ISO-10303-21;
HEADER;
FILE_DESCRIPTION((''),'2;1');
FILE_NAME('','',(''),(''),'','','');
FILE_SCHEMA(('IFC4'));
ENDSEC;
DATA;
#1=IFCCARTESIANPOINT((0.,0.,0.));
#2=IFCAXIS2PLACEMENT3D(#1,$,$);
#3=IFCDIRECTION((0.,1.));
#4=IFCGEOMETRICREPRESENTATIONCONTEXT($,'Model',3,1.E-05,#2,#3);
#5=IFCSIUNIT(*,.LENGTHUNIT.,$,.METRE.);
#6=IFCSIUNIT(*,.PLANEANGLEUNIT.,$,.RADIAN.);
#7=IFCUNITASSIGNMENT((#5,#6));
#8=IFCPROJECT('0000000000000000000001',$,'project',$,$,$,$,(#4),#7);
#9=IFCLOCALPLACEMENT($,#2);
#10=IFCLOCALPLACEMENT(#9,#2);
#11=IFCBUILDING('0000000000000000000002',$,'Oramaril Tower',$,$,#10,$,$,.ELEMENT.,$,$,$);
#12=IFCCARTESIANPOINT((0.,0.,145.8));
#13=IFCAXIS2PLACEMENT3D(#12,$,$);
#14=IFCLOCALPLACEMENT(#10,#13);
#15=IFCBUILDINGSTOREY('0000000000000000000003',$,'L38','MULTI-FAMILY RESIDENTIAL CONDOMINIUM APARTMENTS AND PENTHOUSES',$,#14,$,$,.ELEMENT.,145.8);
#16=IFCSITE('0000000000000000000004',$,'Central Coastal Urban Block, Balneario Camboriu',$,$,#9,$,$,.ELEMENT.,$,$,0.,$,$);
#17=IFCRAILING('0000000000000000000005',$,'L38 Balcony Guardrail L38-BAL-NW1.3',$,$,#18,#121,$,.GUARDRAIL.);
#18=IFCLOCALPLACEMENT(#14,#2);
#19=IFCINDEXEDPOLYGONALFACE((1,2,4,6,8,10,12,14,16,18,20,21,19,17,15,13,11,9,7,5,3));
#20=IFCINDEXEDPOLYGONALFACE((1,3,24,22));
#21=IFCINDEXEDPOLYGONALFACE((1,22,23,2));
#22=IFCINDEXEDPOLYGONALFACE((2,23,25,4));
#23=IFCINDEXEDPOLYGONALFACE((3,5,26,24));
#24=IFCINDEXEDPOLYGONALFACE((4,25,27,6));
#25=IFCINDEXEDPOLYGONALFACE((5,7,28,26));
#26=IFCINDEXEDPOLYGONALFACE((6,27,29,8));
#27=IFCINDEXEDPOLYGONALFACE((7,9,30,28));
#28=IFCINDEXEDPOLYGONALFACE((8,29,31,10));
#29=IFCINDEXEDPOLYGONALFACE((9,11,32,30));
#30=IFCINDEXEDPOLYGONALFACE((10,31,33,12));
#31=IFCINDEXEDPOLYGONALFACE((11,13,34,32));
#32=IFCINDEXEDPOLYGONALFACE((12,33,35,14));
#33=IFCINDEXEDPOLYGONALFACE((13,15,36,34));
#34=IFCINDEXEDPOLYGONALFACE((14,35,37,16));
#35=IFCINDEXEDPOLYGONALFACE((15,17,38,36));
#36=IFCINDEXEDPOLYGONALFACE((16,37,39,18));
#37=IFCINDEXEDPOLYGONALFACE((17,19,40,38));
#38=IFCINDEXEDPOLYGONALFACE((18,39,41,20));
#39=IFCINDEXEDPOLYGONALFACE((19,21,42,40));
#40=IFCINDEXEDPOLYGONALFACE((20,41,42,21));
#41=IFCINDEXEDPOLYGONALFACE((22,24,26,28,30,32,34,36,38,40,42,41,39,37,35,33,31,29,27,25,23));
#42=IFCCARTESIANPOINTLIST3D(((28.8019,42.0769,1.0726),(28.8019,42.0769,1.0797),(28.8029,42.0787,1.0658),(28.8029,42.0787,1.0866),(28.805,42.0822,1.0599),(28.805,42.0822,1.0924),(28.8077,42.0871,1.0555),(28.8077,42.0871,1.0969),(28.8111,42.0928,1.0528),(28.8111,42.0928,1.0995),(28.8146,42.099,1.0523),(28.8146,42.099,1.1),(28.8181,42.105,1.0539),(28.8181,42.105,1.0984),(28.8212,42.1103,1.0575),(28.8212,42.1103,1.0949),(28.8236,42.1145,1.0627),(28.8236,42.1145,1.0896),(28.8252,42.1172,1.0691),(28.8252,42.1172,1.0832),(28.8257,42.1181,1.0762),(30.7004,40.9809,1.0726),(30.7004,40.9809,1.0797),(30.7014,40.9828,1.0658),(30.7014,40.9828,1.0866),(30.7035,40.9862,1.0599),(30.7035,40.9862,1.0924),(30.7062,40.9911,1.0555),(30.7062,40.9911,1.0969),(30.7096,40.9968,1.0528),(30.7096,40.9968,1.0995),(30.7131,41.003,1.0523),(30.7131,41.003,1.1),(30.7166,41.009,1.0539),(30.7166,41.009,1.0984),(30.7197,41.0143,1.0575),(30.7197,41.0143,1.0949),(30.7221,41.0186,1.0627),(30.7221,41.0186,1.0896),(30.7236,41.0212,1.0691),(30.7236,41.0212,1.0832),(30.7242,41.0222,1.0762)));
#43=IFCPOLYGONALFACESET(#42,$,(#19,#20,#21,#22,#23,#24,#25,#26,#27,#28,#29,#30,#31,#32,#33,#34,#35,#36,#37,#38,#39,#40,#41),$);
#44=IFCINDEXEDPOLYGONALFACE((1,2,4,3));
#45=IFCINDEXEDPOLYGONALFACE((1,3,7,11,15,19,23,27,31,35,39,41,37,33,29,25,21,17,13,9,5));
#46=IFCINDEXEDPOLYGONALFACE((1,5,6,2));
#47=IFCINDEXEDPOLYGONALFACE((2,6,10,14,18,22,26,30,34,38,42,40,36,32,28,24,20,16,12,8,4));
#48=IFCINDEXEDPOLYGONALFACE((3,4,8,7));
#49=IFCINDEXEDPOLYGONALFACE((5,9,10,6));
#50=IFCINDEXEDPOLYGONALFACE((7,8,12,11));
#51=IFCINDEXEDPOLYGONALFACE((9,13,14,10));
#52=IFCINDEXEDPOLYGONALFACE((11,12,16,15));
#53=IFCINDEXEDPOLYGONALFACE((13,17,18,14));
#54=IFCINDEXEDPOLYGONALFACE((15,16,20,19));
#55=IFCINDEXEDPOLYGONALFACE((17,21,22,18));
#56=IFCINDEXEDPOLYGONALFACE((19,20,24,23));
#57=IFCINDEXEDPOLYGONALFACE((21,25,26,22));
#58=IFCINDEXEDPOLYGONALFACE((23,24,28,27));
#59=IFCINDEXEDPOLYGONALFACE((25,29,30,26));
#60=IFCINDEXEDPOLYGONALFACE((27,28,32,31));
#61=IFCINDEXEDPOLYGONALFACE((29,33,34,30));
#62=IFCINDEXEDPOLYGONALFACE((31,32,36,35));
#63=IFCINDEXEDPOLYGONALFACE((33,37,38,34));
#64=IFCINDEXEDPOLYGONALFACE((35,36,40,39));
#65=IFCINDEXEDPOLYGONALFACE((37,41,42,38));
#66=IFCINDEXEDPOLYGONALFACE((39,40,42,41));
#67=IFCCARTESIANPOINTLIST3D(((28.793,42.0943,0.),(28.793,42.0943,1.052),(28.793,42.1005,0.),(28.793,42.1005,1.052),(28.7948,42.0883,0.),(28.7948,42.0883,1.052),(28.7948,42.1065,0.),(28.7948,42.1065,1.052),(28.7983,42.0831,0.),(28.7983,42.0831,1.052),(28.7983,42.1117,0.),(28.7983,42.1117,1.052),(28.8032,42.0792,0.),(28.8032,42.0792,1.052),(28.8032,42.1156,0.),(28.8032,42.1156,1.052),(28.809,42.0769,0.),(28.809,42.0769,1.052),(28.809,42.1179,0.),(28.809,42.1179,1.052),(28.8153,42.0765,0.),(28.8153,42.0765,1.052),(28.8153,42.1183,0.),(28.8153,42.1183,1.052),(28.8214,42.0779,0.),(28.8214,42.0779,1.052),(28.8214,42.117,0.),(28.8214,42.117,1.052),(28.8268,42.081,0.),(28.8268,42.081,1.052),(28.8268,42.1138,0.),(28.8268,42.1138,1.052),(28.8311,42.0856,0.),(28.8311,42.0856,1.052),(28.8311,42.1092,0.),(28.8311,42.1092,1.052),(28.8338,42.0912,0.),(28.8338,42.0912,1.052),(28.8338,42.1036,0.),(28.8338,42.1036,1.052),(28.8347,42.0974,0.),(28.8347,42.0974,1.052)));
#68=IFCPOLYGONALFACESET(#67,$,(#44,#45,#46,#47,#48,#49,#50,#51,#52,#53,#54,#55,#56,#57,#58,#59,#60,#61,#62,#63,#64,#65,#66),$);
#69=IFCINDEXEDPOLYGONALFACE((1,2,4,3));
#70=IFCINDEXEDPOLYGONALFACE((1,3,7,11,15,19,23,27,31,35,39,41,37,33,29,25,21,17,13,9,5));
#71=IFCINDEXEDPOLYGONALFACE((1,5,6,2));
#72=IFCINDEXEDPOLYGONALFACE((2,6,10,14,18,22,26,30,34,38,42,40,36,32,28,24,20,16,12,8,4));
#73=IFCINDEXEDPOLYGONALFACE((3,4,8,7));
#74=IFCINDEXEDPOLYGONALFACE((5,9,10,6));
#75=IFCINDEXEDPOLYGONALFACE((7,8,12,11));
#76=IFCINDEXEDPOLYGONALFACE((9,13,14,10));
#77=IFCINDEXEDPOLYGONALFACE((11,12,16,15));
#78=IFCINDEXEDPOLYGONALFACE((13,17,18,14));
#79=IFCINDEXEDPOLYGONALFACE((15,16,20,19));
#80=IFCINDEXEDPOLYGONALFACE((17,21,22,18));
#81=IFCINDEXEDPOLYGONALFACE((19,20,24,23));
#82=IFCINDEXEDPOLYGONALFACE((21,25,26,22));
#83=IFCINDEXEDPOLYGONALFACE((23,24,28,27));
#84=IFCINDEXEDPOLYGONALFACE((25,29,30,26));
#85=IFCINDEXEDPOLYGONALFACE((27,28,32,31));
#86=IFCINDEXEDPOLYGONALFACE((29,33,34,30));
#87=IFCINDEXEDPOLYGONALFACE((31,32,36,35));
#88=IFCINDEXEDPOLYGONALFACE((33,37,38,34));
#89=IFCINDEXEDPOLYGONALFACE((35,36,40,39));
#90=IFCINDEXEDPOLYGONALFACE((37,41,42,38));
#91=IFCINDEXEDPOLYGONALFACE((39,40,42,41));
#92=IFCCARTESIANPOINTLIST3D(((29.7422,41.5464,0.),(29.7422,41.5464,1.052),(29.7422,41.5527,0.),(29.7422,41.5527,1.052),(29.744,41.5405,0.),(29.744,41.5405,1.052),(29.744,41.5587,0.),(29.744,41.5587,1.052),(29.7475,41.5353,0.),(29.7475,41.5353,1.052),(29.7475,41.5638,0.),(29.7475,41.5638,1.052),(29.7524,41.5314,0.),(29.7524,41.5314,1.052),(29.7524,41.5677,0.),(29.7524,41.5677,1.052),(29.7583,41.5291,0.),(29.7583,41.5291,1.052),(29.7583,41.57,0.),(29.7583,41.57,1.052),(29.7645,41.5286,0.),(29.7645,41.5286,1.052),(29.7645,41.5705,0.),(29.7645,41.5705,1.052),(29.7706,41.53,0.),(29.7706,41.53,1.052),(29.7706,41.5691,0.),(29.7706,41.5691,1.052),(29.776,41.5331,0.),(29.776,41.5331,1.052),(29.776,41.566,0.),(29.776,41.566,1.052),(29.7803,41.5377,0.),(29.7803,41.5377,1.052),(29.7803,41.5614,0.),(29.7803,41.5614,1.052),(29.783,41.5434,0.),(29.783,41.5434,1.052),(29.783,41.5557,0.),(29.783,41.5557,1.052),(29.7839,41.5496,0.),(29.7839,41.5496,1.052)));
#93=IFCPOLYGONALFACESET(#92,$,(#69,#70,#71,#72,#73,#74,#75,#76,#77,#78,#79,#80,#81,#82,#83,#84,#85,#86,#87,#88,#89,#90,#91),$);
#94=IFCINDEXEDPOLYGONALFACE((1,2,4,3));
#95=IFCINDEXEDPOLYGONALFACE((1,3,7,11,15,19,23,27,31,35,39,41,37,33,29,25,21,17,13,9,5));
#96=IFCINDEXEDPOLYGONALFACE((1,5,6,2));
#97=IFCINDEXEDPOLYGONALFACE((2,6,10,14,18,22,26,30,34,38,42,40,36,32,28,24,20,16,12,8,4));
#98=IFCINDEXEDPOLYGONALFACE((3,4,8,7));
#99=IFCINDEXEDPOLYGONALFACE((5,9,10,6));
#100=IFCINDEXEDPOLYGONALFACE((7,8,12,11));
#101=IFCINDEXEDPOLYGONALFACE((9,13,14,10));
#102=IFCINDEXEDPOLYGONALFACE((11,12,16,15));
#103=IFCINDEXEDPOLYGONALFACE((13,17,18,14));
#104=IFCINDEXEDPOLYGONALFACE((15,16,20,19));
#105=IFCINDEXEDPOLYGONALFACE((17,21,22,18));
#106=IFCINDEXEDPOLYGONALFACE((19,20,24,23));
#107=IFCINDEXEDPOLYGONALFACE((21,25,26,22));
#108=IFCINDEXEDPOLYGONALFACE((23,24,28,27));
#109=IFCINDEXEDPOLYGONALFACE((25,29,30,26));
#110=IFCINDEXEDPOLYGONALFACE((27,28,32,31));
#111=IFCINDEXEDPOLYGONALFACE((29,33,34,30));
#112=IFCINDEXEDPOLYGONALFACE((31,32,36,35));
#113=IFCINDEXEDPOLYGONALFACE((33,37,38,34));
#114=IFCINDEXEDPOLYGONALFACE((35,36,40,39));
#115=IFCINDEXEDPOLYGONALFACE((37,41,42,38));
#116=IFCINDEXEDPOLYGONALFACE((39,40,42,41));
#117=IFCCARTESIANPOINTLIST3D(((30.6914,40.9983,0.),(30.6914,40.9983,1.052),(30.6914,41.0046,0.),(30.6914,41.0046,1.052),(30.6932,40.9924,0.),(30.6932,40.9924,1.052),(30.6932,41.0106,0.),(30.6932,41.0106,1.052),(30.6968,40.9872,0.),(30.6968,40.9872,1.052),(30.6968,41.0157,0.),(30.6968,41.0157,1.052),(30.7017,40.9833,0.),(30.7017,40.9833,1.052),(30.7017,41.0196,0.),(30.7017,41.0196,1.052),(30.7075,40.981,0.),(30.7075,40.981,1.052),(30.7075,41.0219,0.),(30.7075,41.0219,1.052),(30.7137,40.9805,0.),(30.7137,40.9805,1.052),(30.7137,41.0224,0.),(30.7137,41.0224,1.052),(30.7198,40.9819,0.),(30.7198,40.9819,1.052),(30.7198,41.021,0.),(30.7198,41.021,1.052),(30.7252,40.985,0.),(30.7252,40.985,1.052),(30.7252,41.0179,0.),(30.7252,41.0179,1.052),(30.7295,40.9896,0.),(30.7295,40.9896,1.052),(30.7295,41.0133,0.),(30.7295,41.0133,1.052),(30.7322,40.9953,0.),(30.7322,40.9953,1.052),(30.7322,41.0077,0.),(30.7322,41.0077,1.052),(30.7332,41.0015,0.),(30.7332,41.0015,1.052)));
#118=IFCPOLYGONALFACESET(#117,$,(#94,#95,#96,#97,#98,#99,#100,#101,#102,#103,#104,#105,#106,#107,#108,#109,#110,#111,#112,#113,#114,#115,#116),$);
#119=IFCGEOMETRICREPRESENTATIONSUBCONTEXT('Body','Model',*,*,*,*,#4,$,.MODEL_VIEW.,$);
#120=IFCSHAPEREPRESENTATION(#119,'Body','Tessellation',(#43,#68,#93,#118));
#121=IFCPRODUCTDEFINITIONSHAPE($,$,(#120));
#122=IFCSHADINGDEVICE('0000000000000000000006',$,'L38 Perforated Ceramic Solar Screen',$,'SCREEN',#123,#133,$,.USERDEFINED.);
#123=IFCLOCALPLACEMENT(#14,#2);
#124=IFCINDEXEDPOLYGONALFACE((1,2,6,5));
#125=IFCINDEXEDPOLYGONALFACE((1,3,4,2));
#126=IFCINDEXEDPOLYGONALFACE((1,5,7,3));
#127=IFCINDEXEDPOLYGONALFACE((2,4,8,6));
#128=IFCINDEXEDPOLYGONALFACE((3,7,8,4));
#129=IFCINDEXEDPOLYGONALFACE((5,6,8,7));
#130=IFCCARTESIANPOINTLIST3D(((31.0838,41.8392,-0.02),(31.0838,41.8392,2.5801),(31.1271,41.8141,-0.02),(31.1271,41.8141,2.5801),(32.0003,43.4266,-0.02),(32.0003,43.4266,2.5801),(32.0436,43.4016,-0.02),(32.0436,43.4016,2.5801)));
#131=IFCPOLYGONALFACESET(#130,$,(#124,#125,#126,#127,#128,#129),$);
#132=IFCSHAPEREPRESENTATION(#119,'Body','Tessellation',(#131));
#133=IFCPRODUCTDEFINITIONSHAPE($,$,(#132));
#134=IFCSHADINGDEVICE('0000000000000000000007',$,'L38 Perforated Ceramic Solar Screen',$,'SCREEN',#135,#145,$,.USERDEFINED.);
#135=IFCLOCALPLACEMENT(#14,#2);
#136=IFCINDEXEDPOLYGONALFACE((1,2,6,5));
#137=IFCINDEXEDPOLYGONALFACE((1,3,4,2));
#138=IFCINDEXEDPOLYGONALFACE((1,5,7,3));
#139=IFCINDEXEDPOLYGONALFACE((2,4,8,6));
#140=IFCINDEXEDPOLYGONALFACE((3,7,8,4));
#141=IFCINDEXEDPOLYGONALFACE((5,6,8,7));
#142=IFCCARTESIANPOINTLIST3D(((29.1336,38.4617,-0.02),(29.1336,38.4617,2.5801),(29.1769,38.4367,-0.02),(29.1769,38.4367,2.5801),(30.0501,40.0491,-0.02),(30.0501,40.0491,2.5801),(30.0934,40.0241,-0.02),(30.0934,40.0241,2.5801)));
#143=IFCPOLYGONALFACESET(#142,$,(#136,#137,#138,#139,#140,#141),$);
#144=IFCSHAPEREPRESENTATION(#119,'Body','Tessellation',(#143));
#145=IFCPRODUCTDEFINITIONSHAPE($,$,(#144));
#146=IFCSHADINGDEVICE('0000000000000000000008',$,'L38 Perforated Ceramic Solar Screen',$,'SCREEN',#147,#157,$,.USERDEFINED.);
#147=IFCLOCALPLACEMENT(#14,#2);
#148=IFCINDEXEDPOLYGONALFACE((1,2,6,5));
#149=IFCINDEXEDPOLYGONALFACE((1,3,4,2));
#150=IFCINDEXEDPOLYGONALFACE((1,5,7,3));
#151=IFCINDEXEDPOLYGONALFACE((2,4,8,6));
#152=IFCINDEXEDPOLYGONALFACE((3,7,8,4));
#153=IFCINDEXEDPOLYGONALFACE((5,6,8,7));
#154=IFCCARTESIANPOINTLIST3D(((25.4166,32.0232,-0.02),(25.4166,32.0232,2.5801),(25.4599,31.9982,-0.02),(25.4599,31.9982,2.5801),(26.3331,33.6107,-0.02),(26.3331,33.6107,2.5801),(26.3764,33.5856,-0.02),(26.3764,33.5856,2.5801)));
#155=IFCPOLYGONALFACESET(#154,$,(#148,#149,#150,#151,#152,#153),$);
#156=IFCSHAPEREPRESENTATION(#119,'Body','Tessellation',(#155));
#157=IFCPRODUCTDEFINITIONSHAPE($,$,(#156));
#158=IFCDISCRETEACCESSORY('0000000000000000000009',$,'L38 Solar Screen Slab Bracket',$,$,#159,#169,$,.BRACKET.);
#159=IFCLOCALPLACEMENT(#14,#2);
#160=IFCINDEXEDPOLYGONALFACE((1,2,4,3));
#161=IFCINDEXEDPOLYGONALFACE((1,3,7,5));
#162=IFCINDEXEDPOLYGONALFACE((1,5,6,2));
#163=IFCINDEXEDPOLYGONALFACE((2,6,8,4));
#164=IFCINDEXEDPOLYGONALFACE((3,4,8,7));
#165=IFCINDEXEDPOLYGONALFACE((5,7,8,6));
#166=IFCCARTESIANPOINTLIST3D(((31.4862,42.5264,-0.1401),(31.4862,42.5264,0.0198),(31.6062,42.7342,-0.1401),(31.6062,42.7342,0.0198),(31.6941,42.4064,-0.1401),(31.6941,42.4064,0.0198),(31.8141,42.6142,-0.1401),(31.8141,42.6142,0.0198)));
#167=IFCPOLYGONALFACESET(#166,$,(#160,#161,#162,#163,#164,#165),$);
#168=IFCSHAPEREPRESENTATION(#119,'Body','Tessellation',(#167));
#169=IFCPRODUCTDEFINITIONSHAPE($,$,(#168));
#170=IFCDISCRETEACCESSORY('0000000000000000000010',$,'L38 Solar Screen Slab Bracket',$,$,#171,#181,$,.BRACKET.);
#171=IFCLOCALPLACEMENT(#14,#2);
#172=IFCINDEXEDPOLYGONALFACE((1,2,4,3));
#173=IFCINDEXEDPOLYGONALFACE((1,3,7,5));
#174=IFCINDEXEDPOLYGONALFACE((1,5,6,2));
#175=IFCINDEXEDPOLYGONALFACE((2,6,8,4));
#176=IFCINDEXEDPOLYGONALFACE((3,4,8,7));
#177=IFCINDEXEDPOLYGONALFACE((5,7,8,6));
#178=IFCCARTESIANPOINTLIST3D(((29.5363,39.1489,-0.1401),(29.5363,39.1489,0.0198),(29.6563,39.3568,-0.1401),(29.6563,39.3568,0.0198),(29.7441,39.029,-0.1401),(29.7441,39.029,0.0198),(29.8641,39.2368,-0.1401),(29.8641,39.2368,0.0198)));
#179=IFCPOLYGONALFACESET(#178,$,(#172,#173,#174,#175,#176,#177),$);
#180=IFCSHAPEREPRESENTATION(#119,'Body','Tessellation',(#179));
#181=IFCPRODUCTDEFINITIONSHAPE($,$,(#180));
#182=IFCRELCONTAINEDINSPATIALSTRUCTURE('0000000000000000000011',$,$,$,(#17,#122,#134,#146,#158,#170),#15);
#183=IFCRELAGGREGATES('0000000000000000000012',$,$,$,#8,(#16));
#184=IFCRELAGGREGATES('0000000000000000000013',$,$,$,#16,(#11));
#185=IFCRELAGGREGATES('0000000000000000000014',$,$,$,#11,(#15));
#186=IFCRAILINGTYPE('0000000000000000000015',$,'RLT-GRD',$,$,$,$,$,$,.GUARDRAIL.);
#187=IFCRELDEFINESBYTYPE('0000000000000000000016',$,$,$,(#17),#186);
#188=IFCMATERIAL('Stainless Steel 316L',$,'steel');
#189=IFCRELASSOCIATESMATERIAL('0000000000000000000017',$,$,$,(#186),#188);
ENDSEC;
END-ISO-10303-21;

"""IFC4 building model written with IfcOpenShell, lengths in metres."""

from ifc_helpers import new_model, si_unit, direction, frame, origin, origin_2d, place, context, subcontext, project, spatial, rectangle, circle, extrude, material, type_object, element, save


model = new_model("IFC4")

# Units and contexts
model_context = context("Model", 3, precision=1e-05, world=origin(), true_north=direction((0.0, 1.0)))
body_context = subcontext(model_context, "Body", "Model", "MODEL_VIEW")
ifc_project = project(units=[si_unit("LENGTHUNIT", "METRE"), si_unit("PLANEANGLEUNIT", "RADIAN")], contexts=[model_context])

# Site, building, storey
site_placement = place(None, origin())
site = spatial("IfcSite", under=ifc_project, at=site_placement, Name="Central Coastal Urban Block, Balneario Camboriu", CompositionType="ELEMENT", RefElevation=0.0)
building_placement = place(site_placement, origin())
building = spatial("IfcBuilding", under=site, at=building_placement, Name="Oramaril Tower", CompositionType="ELEMENT")
storey_placement = place(building_placement, frame((0.0, 0.0, 145.8)))
storey = spatial("IfcBuildingStorey", under=building, at=storey_placement, Name="L38", Description="MULTI-FAMILY RESIDENTIAL CONDOMINIUM APARTMENTS AND PENTHOUSES", CompositionType="ELEMENT", Elevation=145.8)

# Railing
ifc_material_1 = material(Name="Stainless Steel 316L", Category="steel")
railing_type = type_object("IfcRailingType", Name="RLT-GRD", PredefinedType="GUARDRAIL", material=ifc_material_1)
railing_1_placement = place(storey_placement, frame((28.8137, 42.0974, 0.0)))
element("IfcRailing", 1, at=railing_1_placement, inside=storey, type_object=railing_type, Name="L38 Balcony Guardrail L38-BAL-NW1.3", PredefinedType="GUARDRAIL", context=body_context, shape_type="SweptSolid", body=[
    extrude(circle(Radius=0.0239, at=origin_2d()), frame((0.0, 0.0, 1.0762), z_axis=(0.866048, -0.49996, 0.0), x_axis=(0.49996, 0.866048, 0.0)), (0.0, 0.0, 1.0), 2.1921),
    extrude(circle(Radius=0.021, at=origin_2d()), origin(), (0.0, 0.0, 1.0), 1.052),
    extrude(circle(Radius=0.021, at=origin_2d()), frame((0.9492, -0.5479, 0.0)), (0.0, 0.0, 1.0), 1.052),
    extrude(circle(Radius=0.021, at=origin_2d()), frame((1.8984, -1.0959, 0.0)), (0.0, 0.0, 1.0), 1.052),
])

# Shading devices
for number, where, z_axis, x_axis, name in (
    (2, (31.5637, 42.6204, -0.02), (0.0, 0.0, 1.0), (-0.499998, -0.866026, 0.0), "L38 Perforated Ceramic Solar Screen"),
    (3, (29.6135, 39.2429, -0.02), (0.0, 0.0, 1.0), (-0.499998, -0.866026, 0.0), "L38 Perforated Ceramic Solar Screen"),
    (4, (25.8965, 32.8044, -0.02), (0.0, 0.0, 1.0), (-0.499998, -0.866026, 0.0), "L38 Perforated Ceramic Solar Screen"),
):
    element("IfcShadingDevice", number, at=place(storey_placement, frame(where, z_axis=z_axis, x_axis=x_axis)), inside=storey, Name=name, ObjectType="SCREEN", PredefinedType="USERDEFINED", context=body_context, shape_type="SweptSolid", body=[
        extrude(rectangle(XDim=1.833, YDim=0.05, at=origin_2d()), origin(), (0.0, 0.0, 1.0), 2.6001),
    ])

# Discrete accessories
for number, where, z_axis, x_axis, name in (
    (5, (31.6501, 42.5703, -0.1401), (0.0, 0.0, 1.0), (-0.499998, -0.866026, 0.0), "L38 Solar Screen Slab Bracket"),
    (6, (29.7002, 39.1929, -0.1401), (0.0, 0.0, 1.0), (-0.499998, -0.866026, 0.0), "L38 Solar Screen Slab Bracket"),
):
    element("IfcDiscreteAccessory", number, at=place(storey_placement, frame(where, z_axis=z_axis, x_axis=x_axis)), inside=storey, Name=name, PredefinedType="BRACKET", context=body_context, shape_type="SweptSolid", body=[
        extrude(rectangle(XDim=0.24, YDim=0.24, at=origin_2d()), origin(), (0.0, 0.0, 1.0), 0.1599),
    ])

save(model, "model.ifc")
